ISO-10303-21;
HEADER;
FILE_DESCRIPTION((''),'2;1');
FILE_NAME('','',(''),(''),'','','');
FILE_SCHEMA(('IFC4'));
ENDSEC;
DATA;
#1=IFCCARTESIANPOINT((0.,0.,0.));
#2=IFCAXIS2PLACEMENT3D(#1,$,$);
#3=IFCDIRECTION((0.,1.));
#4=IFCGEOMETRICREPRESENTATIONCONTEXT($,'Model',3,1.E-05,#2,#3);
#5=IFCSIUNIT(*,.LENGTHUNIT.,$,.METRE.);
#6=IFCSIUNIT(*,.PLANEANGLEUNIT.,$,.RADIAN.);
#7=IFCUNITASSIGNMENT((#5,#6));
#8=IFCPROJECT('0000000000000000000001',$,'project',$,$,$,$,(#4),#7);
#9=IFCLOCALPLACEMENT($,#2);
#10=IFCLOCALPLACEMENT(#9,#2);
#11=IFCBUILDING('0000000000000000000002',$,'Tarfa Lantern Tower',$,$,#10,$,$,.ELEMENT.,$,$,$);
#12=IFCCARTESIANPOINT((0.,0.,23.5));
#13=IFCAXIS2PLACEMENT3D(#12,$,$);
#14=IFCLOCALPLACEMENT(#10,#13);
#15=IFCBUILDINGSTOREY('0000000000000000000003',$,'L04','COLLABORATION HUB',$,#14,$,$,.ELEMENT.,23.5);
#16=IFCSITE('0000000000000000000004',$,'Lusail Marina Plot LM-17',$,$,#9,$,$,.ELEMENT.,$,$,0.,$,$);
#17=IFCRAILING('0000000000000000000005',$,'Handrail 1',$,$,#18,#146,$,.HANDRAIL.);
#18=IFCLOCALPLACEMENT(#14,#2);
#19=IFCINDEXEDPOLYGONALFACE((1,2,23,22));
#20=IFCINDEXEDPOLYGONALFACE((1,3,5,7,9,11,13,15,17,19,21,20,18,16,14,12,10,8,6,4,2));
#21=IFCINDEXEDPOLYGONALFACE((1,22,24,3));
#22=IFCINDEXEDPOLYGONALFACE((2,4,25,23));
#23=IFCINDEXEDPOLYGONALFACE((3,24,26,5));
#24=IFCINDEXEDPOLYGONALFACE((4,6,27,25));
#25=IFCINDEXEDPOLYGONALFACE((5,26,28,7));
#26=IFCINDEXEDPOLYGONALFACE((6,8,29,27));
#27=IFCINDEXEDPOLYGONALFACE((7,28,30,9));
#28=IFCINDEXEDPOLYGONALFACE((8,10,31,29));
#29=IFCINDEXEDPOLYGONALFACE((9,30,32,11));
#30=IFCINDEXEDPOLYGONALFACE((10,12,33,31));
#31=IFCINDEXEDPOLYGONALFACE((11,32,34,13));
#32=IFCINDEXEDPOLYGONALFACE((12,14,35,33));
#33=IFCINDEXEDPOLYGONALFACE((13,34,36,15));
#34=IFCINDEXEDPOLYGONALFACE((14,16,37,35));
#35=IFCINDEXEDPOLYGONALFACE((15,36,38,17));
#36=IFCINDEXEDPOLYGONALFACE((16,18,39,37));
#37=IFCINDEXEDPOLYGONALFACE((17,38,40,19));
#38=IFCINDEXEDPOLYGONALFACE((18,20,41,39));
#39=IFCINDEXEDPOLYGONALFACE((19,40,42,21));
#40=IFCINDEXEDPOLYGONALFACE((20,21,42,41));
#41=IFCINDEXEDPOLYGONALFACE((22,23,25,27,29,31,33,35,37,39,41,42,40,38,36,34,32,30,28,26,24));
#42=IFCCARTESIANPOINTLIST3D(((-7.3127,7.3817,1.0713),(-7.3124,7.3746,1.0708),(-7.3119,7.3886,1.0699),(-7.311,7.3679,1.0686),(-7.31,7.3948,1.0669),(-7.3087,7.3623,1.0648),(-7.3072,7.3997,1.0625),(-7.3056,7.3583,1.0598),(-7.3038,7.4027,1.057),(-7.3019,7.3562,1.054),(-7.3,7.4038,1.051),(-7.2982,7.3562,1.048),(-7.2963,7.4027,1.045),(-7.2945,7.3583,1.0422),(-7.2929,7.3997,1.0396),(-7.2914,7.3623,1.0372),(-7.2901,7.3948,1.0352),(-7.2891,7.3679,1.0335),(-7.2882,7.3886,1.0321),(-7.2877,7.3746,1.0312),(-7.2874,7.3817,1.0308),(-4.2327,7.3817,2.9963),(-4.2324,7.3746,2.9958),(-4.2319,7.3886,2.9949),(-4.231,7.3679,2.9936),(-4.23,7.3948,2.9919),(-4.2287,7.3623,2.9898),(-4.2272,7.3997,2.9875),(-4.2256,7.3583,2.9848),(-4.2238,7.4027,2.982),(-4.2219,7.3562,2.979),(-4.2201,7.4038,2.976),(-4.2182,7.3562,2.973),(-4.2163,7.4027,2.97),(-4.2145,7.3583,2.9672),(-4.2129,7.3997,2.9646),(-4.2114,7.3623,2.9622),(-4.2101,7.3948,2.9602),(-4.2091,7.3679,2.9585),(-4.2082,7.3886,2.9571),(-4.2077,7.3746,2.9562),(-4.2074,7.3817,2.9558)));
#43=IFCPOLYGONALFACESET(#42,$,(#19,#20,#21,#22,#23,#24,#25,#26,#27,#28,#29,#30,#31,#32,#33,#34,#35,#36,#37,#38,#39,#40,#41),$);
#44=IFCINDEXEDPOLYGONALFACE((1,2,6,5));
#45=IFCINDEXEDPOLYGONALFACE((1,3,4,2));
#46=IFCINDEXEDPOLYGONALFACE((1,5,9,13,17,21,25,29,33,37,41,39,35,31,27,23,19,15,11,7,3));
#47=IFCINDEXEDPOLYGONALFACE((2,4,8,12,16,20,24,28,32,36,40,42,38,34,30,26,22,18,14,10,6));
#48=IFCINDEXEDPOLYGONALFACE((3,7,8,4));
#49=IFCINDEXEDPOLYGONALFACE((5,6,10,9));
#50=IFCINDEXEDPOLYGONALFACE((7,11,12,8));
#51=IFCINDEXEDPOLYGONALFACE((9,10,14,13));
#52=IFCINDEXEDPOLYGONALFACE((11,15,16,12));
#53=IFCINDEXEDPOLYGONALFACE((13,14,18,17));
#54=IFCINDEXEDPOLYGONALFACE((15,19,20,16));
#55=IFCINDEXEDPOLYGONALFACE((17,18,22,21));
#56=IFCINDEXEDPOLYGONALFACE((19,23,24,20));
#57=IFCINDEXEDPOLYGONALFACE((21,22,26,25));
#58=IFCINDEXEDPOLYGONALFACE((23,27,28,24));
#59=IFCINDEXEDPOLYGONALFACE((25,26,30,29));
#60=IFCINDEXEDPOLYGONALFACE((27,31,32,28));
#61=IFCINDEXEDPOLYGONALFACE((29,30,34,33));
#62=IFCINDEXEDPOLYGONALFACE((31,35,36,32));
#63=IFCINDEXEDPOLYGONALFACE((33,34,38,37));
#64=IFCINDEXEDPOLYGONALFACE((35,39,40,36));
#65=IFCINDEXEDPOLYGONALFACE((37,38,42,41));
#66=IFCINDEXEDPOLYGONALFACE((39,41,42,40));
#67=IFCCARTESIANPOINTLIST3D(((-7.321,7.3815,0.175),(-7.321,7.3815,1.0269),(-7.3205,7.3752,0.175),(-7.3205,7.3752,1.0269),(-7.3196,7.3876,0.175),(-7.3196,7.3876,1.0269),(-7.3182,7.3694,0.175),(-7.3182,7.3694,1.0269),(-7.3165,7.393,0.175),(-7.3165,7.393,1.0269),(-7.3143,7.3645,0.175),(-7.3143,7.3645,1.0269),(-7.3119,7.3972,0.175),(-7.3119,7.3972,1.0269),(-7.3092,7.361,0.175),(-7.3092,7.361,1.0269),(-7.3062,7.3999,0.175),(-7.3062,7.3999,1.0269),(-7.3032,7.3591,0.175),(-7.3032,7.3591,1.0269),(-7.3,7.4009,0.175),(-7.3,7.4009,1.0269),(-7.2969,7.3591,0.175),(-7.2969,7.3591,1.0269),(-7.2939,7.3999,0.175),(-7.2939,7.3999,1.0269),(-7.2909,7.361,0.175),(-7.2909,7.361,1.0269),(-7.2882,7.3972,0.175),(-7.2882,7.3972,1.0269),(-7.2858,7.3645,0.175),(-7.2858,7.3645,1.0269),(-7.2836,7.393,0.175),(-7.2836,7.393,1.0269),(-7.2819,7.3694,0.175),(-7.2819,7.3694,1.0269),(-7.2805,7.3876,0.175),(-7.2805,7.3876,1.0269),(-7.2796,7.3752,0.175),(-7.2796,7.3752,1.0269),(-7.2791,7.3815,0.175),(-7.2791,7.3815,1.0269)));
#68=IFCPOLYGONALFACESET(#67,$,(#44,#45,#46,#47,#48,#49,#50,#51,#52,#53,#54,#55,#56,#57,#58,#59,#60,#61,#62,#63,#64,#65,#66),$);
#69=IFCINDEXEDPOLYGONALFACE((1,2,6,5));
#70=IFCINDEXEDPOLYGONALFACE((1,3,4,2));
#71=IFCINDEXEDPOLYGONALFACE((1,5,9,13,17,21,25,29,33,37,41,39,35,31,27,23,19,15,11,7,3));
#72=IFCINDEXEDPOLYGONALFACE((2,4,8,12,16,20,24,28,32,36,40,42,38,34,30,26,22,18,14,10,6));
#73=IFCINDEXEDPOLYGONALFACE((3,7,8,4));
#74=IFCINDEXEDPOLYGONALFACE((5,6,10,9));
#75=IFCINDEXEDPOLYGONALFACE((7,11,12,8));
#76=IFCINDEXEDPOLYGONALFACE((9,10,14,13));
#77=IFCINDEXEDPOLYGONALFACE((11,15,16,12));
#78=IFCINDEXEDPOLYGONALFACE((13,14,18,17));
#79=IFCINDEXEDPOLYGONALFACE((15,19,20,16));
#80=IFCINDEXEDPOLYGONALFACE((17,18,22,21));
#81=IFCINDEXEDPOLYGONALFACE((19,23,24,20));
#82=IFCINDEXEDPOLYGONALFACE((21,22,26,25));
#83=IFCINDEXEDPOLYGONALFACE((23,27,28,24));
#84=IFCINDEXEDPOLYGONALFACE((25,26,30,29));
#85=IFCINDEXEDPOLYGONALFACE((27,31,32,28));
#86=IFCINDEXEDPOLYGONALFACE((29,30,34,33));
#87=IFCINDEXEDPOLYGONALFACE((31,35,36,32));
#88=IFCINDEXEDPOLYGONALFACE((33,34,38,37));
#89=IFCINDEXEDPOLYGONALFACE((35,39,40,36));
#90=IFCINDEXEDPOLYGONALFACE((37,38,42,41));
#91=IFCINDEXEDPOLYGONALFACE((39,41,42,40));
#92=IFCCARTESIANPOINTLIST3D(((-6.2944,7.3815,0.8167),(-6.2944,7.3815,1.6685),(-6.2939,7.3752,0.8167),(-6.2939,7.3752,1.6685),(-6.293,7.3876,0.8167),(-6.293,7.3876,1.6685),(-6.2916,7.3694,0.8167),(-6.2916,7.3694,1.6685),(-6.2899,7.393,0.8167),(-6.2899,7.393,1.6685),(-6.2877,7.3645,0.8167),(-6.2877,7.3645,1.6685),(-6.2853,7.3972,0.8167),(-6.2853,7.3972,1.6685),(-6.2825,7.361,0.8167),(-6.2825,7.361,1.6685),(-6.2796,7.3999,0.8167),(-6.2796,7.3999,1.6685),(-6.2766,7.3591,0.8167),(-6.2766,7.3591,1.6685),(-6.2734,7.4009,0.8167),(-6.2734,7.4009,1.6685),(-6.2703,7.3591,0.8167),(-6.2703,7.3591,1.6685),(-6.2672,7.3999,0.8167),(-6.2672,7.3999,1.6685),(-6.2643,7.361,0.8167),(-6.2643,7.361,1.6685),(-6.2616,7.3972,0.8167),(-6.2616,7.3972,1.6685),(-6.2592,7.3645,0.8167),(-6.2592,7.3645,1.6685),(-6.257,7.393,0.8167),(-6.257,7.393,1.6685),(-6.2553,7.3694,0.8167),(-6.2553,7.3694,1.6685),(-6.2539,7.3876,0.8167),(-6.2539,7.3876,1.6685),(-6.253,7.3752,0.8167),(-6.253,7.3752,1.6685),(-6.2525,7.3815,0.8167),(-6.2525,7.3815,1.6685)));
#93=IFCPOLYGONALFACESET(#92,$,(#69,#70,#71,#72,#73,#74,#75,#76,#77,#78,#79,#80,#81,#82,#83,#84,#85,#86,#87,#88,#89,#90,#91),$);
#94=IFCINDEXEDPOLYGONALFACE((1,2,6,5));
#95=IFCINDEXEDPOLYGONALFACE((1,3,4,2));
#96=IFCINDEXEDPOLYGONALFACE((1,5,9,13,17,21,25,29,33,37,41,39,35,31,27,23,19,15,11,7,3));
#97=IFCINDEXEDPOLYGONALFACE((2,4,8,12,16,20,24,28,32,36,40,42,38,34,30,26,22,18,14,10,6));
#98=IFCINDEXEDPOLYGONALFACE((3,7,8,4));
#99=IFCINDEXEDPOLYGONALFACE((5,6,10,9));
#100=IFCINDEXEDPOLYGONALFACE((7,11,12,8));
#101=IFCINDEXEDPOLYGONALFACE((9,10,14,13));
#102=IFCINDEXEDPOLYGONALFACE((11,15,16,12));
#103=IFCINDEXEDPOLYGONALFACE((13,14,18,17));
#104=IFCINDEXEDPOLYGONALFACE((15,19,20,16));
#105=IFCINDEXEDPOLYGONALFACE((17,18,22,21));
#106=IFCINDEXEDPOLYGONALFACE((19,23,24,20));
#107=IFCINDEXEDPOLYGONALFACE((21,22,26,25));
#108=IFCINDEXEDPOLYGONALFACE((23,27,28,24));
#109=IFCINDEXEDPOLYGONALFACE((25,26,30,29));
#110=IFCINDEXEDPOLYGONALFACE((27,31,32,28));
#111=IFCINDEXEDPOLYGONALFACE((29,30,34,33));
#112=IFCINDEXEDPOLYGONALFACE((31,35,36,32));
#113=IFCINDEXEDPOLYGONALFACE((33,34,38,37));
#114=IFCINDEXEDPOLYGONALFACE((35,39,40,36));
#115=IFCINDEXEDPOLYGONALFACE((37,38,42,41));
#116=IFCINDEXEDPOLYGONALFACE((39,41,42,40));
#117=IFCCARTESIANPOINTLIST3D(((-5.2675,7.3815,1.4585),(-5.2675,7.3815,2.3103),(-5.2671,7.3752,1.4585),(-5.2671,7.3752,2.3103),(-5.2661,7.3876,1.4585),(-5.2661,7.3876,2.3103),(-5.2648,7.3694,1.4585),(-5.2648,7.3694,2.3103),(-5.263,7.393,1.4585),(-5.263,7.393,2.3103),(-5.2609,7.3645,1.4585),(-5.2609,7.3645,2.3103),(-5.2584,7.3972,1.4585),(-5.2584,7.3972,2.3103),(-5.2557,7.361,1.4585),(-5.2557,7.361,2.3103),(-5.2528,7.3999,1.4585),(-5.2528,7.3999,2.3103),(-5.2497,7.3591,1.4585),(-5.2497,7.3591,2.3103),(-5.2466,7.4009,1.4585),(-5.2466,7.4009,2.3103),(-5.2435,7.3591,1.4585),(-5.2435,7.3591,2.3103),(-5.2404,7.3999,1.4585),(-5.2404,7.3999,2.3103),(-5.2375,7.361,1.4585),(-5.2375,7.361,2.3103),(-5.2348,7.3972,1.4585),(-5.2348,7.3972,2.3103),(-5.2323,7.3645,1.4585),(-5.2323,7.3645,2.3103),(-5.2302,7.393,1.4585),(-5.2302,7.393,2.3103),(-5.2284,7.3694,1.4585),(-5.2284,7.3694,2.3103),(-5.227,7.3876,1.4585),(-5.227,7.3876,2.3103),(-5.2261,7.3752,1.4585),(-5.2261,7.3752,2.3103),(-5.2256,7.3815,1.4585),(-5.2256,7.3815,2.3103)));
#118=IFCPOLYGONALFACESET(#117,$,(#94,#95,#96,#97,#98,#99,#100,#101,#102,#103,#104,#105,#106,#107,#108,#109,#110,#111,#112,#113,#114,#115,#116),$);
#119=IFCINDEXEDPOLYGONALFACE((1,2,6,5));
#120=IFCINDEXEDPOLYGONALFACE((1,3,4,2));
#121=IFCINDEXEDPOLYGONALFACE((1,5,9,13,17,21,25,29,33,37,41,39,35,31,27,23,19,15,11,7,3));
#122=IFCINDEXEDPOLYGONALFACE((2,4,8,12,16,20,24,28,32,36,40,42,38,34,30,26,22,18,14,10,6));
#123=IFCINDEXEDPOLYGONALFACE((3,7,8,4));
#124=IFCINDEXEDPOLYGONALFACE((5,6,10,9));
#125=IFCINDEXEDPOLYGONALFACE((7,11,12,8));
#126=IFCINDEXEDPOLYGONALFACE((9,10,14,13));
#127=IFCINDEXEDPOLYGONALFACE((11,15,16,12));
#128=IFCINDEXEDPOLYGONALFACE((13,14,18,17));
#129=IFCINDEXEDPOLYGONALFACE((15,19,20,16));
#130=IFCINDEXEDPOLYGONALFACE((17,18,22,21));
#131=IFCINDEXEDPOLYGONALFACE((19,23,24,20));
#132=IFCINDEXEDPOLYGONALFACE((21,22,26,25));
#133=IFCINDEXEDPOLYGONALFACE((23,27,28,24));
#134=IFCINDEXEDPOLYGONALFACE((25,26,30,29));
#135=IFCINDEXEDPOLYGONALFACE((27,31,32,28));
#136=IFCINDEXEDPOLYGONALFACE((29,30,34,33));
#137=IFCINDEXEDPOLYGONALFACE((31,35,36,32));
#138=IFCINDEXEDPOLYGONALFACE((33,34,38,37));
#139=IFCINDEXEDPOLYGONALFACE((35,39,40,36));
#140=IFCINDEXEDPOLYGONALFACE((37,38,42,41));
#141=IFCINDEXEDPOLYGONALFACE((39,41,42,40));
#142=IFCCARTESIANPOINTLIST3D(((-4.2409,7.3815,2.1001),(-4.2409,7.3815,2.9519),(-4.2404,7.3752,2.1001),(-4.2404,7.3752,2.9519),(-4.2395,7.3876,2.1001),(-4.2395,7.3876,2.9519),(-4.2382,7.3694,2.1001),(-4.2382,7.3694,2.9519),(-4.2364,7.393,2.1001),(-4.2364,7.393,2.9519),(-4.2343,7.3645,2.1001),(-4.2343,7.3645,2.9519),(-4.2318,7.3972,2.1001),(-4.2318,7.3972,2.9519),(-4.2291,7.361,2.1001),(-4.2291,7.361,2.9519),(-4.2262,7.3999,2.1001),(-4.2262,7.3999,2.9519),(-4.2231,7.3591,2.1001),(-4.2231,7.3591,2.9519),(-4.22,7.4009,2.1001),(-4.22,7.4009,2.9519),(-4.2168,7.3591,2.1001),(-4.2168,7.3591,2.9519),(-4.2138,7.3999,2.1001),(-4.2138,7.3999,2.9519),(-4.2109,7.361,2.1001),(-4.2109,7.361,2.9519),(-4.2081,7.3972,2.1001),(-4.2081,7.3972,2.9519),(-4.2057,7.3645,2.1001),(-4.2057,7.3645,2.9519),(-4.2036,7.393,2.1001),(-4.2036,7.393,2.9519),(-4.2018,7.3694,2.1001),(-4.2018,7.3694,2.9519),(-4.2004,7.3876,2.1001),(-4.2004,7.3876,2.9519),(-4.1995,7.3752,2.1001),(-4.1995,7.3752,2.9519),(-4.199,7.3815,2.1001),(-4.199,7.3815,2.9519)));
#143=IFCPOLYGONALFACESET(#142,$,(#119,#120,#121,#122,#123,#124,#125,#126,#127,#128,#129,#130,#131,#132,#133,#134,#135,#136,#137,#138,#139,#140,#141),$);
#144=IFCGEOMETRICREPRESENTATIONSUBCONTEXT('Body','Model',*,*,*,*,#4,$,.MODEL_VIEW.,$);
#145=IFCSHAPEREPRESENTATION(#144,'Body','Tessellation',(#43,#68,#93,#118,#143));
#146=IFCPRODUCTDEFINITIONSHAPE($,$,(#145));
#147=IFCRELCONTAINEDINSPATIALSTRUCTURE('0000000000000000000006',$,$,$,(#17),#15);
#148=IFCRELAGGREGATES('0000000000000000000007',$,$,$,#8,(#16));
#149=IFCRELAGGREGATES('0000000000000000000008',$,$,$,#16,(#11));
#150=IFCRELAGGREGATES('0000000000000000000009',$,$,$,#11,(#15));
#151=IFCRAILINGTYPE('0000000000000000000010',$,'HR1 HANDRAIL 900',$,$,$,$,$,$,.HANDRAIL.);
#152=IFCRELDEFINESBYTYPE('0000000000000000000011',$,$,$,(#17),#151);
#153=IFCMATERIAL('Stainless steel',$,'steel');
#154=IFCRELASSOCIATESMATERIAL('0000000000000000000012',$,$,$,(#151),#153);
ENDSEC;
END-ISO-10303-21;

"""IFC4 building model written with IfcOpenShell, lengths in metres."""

from ifc_helpers import new_model, si_unit, direction, frame, origin, origin_2d, place, context, subcontext, project, spatial, circle, extrude, material, type_object, element, save


model = new_model("IFC4")

# Units and contexts
model_context = context("Model", 3, precision=1e-05, world=origin(), true_north=direction((0.0, 1.0)))
body_context = subcontext(model_context, "Body", "Model", "MODEL_VIEW")
ifc_project = project(units=[si_unit("LENGTHUNIT", "METRE"), si_unit("PLANEANGLEUNIT", "RADIAN")], contexts=[model_context])

# Site, building, storey
site_placement = place(None, origin())
site = spatial("IfcSite", under=ifc_project, at=site_placement, Name="Lusail Marina Plot LM-17", CompositionType="ELEMENT", RefElevation=0.0)
building_placement = place(site_placement, origin())
building = spatial("IfcBuilding", under=site, at=building_placement, Name="Tarfa Lantern Tower", CompositionType="ELEMENT")
storey_placement = place(building_placement, frame((0.0, 0.0, 23.5)))
storey = spatial("IfcBuildingStorey", under=building, at=storey_placement, Name="L04", Description="COLLABORATION HUB", CompositionType="ELEMENT", Elevation=23.5)

# Railing
ifc_material_1 = material(Name="Stainless steel", Category="steel")
railing_type = type_object("IfcRailingType", Name="HR1 HANDRAIL 900", PredefinedType="HANDRAIL", material=ifc_material_1)
railing_1_placement = place(storey_placement, frame((-7.3, 7.3799, 0.175)))
element("IfcRailing", 1, at=railing_1_placement, inside=storey, type_object=railing_type, Name="Handrail 1", PredefinedType="HANDRAIL", context=body_context, shape_type="SweptSolid", body=[
    extrude(circle(Radius=0.0239, at=origin_2d()), frame((0.0, 0.0, 0.876), z_axis=(0.847998, 0.0, 0.529999), x_axis=(0.0, 1.0, 0.0)), (0.0, 0.0, 1.0), 3.6321),
    extrude(circle(Radius=0.021, at=origin_2d()), frame((0.0, 0.0, 0.0), z_axis=(0.0, 0.0, 1.0), x_axis=(0.0, 1.0, 0.0)), (0.0, 0.0, 1.0), 0.8518),
    extrude(circle(Radius=0.021, at=origin_2d()), frame((1.0266, 0.0, 0.6416), z_axis=(0.0, 0.0, 1.0), x_axis=(0.0, 1.0, 0.0)), (0.0, 0.0, 1.0), 0.8518),
    extrude(circle(Radius=0.021, at=origin_2d()), frame((2.0535, 0.0, 1.2834), z_axis=(0.0, 0.0, 1.0), x_axis=(0.0, 1.0, 0.0)), (0.0, 0.0, 1.0), 0.8518),
    extrude(circle(Radius=0.021, at=origin_2d()), frame((3.0801, 0.0, 1.925), z_axis=(0.0, 0.0, 1.0), x_axis=(0.0, 1.0, 0.0)), (0.0, 0.0, 1.0), 0.8518),
])

save(model, "model.ifc")
